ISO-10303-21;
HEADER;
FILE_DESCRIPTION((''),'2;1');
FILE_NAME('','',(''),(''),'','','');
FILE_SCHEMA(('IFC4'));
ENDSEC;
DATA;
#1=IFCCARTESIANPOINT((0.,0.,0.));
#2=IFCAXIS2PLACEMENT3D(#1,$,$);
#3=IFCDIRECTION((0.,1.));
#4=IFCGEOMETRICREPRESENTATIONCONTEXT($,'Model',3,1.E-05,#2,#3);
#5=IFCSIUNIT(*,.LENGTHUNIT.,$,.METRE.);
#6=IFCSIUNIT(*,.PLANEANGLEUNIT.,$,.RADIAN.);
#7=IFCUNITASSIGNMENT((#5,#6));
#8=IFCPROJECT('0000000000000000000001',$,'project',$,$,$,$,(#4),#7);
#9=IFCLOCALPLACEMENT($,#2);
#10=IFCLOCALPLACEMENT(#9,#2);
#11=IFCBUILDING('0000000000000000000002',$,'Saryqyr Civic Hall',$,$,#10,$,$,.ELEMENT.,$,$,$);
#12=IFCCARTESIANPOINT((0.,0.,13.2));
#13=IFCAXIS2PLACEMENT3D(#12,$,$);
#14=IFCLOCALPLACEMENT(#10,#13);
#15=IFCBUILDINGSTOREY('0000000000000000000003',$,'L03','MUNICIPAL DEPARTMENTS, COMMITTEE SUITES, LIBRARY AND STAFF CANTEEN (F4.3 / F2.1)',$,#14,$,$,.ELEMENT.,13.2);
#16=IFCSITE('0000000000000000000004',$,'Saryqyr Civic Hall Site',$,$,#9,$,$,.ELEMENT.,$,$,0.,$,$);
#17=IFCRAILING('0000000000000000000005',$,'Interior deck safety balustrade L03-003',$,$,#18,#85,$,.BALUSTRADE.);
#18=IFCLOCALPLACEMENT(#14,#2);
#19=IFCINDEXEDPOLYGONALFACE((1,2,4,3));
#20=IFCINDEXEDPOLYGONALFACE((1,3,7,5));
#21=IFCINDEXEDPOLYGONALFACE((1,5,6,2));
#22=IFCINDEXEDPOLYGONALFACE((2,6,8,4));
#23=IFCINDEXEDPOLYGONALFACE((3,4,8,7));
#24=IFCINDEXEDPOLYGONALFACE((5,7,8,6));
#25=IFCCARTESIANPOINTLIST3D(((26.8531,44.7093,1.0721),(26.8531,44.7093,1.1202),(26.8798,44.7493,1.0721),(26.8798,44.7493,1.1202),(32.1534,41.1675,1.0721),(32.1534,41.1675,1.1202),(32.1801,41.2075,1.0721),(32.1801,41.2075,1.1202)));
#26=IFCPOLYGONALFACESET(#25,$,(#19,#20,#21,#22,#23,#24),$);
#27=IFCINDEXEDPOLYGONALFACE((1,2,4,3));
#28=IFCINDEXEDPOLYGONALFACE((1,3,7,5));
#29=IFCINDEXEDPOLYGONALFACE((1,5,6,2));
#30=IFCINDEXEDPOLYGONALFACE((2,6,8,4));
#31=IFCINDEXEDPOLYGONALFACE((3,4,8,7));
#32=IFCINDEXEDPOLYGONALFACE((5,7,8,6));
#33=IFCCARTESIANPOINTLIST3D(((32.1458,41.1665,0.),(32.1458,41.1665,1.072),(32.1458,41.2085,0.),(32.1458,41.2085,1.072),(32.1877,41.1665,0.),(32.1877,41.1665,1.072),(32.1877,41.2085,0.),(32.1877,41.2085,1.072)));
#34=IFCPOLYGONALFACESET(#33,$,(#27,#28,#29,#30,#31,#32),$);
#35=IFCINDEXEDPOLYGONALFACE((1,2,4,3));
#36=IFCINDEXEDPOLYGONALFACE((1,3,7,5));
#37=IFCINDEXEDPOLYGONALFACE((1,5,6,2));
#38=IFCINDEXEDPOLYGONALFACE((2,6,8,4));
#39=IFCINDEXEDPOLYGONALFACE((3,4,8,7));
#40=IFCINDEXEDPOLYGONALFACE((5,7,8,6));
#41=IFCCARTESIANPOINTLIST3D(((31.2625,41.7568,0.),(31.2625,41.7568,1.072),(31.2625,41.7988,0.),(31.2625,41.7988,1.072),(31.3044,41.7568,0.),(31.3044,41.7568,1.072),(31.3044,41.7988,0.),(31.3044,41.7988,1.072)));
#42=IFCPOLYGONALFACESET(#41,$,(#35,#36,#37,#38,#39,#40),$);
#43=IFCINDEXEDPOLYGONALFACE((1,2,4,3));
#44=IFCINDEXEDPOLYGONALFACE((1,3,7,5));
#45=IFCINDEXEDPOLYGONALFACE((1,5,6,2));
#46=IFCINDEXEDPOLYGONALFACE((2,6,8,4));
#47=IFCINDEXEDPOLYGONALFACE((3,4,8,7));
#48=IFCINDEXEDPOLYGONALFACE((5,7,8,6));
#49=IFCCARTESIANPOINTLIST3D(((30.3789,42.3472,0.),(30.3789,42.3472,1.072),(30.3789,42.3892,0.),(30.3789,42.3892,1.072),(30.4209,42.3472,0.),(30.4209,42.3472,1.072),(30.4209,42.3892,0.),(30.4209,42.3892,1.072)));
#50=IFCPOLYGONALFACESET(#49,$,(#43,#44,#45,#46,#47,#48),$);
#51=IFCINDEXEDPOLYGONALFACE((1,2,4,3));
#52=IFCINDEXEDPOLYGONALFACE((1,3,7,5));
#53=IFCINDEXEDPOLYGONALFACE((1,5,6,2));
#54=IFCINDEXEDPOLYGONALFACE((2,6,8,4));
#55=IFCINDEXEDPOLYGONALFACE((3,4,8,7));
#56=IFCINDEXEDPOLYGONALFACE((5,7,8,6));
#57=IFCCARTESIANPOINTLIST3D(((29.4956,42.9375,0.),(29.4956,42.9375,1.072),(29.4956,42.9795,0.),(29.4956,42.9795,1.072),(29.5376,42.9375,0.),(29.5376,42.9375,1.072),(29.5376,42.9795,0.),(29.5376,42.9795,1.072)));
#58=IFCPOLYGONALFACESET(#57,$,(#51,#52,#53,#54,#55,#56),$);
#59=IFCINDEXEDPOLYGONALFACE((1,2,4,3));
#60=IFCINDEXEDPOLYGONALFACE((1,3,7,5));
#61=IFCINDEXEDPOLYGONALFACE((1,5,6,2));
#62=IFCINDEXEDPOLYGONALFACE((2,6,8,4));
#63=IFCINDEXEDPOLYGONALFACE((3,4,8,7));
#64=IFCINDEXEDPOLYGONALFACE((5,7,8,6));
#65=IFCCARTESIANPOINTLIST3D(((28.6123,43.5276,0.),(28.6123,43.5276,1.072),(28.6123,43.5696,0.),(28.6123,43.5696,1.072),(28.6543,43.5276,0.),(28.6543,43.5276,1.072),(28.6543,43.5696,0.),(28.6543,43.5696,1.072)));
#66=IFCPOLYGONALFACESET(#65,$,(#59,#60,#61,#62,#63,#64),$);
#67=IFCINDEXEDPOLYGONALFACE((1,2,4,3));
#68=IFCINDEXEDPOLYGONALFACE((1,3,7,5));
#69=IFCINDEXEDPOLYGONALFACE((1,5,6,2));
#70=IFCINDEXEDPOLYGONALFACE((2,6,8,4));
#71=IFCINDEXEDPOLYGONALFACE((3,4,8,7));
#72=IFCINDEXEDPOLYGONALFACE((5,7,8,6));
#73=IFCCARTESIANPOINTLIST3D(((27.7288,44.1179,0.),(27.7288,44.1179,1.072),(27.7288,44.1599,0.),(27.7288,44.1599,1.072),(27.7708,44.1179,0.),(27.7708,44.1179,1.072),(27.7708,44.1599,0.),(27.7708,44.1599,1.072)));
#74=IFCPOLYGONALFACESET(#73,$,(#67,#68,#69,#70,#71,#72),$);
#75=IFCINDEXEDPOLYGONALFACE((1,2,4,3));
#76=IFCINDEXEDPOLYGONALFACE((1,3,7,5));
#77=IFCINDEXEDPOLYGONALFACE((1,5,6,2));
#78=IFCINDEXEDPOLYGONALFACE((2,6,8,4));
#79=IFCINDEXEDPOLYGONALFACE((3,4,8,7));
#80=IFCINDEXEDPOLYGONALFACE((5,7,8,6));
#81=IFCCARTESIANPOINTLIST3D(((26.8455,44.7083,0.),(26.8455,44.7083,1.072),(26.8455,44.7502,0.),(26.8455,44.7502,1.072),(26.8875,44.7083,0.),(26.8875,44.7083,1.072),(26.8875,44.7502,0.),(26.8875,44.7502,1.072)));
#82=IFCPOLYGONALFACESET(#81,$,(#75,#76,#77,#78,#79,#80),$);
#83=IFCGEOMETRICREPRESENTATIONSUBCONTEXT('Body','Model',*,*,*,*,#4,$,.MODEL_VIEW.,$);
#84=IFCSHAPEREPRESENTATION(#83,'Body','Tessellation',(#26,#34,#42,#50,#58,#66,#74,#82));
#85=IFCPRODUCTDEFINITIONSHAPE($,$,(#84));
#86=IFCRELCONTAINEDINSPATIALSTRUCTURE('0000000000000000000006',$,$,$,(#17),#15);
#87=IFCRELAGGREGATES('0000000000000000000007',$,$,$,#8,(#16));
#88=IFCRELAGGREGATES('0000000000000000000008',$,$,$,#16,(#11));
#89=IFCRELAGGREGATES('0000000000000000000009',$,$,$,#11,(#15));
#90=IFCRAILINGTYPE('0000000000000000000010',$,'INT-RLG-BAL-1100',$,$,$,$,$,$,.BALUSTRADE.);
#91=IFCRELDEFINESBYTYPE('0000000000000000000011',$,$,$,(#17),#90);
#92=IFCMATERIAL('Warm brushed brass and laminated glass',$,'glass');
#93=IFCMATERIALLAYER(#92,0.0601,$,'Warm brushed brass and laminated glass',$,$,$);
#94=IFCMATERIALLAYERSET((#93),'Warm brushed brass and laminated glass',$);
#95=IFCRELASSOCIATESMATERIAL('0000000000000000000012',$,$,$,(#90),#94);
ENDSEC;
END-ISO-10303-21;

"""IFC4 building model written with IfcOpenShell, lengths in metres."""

from ifc_helpers import new_model, si_unit, direction, frame, origin, origin_2d, place, context, subcontext, project, spatial, rectangle, extrude, material, layer, layer_set, type_object, element, save


model = new_model("IFC4")

# Units and contexts
model_context = context("Model", 3, precision=1e-05, world=origin(), true_north=direction((0.0, 1.0)))
body_context = subcontext(model_context, "Body", "Model", "MODEL_VIEW")
ifc_project = project(units=[si_unit("LENGTHUNIT", "METRE"), si_unit("PLANEANGLEUNIT", "RADIAN")], contexts=[model_context])

# Site, building, storey
site_placement = place(None, origin())
site = spatial("IfcSite", under=ifc_project, at=site_placement, Name="Saryqyr Civic Hall Site", CompositionType="ELEMENT", RefElevation=0.0)
building_placement = place(site_placement, origin())
building = spatial("IfcBuilding", under=site, at=building_placement, Name="Saryqyr Civic Hall", CompositionType="ELEMENT")
storey_placement = place(building_placement, frame((0.0, 0.0, 13.2)))
storey = spatial("IfcBuildingStorey", under=building, at=storey_placement, Name="L03", Description="MUNICIPAL DEPARTMENTS, COMMITTEE SUITES, LIBRARY AND STAFF CANTEEN (F4.3 / F2.1)", CompositionType="ELEMENT", Elevation=13.2)

# Railing
ifc_material_1 = material(Name="Warm brushed brass and laminated glass", Category="glass")
ifc_layer_1 = layer(ifc_material_1, 0.0601, Name="Warm brushed brass and laminated glass")
ifc_layer_set_1 = layer_set([ifc_layer_1], Name="Warm brushed brass and laminated glass")
railing_type = type_object("IfcRailingType", Name="INT-RLG-BAL-1100", PredefinedType="BALUSTRADE", material=ifc_layer_set_1)
railing_placement = place(storey_placement, frame((32.1667, 41.1875, 0.0)))
element("IfcRailing", 1, at=railing_placement, inside=storey, type_object=railing_type, Name="Interior deck safety balustrade L03-003", PredefinedType="BALUSTRADE", context=body_context, shape_type="SweptSolid", body=[
    extrude(rectangle(XDim=0.0481, YDim=0.0481, at=origin_2d()), frame((0.0, 0.0, 1.0962), z_axis=(-0.831455, 0.555593, 0.0), x_axis=(-0.555593, -0.831455, 0.0)), (0.0, 0.0, 1.0), 6.3748),
    extrude(rectangle(XDim=0.042, YDim=0.042, at=origin_2d()), origin(), (0.0, 0.0, 1.0), 1.072),
    extrude(rectangle(XDim=0.042, YDim=0.042, at=origin_2d()), frame((-0.8833, 0.5903, 0.0)), (0.0, 0.0, 1.0), 1.072),
    extrude(rectangle(XDim=0.042, YDim=0.042, at=origin_2d()), frame((-1.7668, 1.1807, 0.0)), (0.0, 0.0, 1.0), 1.072),
    extrude(rectangle(XDim=0.042, YDim=0.042, at=origin_2d()), frame((-2.6501, 1.771, 0.0)), (0.0, 0.0, 1.0), 1.072),
    extrude(rectangle(XDim=0.042, YDim=0.042, at=origin_2d()), frame((-3.5334, 2.3611, 0.0)), (0.0, 0.0, 1.0), 1.072),
    extrude(rectangle(XDim=0.042, YDim=0.042, at=origin_2d()), frame((-4.417, 2.9514, 0.0)), (0.0, 0.0, 1.0), 1.072),
    extrude(rectangle(XDim=0.042, YDim=0.042, at=origin_2d()), frame((-5.3003, 3.5417, 0.0)), (0.0, 0.0, 1.0), 1.072),
])

save(model, "model.ifc")
